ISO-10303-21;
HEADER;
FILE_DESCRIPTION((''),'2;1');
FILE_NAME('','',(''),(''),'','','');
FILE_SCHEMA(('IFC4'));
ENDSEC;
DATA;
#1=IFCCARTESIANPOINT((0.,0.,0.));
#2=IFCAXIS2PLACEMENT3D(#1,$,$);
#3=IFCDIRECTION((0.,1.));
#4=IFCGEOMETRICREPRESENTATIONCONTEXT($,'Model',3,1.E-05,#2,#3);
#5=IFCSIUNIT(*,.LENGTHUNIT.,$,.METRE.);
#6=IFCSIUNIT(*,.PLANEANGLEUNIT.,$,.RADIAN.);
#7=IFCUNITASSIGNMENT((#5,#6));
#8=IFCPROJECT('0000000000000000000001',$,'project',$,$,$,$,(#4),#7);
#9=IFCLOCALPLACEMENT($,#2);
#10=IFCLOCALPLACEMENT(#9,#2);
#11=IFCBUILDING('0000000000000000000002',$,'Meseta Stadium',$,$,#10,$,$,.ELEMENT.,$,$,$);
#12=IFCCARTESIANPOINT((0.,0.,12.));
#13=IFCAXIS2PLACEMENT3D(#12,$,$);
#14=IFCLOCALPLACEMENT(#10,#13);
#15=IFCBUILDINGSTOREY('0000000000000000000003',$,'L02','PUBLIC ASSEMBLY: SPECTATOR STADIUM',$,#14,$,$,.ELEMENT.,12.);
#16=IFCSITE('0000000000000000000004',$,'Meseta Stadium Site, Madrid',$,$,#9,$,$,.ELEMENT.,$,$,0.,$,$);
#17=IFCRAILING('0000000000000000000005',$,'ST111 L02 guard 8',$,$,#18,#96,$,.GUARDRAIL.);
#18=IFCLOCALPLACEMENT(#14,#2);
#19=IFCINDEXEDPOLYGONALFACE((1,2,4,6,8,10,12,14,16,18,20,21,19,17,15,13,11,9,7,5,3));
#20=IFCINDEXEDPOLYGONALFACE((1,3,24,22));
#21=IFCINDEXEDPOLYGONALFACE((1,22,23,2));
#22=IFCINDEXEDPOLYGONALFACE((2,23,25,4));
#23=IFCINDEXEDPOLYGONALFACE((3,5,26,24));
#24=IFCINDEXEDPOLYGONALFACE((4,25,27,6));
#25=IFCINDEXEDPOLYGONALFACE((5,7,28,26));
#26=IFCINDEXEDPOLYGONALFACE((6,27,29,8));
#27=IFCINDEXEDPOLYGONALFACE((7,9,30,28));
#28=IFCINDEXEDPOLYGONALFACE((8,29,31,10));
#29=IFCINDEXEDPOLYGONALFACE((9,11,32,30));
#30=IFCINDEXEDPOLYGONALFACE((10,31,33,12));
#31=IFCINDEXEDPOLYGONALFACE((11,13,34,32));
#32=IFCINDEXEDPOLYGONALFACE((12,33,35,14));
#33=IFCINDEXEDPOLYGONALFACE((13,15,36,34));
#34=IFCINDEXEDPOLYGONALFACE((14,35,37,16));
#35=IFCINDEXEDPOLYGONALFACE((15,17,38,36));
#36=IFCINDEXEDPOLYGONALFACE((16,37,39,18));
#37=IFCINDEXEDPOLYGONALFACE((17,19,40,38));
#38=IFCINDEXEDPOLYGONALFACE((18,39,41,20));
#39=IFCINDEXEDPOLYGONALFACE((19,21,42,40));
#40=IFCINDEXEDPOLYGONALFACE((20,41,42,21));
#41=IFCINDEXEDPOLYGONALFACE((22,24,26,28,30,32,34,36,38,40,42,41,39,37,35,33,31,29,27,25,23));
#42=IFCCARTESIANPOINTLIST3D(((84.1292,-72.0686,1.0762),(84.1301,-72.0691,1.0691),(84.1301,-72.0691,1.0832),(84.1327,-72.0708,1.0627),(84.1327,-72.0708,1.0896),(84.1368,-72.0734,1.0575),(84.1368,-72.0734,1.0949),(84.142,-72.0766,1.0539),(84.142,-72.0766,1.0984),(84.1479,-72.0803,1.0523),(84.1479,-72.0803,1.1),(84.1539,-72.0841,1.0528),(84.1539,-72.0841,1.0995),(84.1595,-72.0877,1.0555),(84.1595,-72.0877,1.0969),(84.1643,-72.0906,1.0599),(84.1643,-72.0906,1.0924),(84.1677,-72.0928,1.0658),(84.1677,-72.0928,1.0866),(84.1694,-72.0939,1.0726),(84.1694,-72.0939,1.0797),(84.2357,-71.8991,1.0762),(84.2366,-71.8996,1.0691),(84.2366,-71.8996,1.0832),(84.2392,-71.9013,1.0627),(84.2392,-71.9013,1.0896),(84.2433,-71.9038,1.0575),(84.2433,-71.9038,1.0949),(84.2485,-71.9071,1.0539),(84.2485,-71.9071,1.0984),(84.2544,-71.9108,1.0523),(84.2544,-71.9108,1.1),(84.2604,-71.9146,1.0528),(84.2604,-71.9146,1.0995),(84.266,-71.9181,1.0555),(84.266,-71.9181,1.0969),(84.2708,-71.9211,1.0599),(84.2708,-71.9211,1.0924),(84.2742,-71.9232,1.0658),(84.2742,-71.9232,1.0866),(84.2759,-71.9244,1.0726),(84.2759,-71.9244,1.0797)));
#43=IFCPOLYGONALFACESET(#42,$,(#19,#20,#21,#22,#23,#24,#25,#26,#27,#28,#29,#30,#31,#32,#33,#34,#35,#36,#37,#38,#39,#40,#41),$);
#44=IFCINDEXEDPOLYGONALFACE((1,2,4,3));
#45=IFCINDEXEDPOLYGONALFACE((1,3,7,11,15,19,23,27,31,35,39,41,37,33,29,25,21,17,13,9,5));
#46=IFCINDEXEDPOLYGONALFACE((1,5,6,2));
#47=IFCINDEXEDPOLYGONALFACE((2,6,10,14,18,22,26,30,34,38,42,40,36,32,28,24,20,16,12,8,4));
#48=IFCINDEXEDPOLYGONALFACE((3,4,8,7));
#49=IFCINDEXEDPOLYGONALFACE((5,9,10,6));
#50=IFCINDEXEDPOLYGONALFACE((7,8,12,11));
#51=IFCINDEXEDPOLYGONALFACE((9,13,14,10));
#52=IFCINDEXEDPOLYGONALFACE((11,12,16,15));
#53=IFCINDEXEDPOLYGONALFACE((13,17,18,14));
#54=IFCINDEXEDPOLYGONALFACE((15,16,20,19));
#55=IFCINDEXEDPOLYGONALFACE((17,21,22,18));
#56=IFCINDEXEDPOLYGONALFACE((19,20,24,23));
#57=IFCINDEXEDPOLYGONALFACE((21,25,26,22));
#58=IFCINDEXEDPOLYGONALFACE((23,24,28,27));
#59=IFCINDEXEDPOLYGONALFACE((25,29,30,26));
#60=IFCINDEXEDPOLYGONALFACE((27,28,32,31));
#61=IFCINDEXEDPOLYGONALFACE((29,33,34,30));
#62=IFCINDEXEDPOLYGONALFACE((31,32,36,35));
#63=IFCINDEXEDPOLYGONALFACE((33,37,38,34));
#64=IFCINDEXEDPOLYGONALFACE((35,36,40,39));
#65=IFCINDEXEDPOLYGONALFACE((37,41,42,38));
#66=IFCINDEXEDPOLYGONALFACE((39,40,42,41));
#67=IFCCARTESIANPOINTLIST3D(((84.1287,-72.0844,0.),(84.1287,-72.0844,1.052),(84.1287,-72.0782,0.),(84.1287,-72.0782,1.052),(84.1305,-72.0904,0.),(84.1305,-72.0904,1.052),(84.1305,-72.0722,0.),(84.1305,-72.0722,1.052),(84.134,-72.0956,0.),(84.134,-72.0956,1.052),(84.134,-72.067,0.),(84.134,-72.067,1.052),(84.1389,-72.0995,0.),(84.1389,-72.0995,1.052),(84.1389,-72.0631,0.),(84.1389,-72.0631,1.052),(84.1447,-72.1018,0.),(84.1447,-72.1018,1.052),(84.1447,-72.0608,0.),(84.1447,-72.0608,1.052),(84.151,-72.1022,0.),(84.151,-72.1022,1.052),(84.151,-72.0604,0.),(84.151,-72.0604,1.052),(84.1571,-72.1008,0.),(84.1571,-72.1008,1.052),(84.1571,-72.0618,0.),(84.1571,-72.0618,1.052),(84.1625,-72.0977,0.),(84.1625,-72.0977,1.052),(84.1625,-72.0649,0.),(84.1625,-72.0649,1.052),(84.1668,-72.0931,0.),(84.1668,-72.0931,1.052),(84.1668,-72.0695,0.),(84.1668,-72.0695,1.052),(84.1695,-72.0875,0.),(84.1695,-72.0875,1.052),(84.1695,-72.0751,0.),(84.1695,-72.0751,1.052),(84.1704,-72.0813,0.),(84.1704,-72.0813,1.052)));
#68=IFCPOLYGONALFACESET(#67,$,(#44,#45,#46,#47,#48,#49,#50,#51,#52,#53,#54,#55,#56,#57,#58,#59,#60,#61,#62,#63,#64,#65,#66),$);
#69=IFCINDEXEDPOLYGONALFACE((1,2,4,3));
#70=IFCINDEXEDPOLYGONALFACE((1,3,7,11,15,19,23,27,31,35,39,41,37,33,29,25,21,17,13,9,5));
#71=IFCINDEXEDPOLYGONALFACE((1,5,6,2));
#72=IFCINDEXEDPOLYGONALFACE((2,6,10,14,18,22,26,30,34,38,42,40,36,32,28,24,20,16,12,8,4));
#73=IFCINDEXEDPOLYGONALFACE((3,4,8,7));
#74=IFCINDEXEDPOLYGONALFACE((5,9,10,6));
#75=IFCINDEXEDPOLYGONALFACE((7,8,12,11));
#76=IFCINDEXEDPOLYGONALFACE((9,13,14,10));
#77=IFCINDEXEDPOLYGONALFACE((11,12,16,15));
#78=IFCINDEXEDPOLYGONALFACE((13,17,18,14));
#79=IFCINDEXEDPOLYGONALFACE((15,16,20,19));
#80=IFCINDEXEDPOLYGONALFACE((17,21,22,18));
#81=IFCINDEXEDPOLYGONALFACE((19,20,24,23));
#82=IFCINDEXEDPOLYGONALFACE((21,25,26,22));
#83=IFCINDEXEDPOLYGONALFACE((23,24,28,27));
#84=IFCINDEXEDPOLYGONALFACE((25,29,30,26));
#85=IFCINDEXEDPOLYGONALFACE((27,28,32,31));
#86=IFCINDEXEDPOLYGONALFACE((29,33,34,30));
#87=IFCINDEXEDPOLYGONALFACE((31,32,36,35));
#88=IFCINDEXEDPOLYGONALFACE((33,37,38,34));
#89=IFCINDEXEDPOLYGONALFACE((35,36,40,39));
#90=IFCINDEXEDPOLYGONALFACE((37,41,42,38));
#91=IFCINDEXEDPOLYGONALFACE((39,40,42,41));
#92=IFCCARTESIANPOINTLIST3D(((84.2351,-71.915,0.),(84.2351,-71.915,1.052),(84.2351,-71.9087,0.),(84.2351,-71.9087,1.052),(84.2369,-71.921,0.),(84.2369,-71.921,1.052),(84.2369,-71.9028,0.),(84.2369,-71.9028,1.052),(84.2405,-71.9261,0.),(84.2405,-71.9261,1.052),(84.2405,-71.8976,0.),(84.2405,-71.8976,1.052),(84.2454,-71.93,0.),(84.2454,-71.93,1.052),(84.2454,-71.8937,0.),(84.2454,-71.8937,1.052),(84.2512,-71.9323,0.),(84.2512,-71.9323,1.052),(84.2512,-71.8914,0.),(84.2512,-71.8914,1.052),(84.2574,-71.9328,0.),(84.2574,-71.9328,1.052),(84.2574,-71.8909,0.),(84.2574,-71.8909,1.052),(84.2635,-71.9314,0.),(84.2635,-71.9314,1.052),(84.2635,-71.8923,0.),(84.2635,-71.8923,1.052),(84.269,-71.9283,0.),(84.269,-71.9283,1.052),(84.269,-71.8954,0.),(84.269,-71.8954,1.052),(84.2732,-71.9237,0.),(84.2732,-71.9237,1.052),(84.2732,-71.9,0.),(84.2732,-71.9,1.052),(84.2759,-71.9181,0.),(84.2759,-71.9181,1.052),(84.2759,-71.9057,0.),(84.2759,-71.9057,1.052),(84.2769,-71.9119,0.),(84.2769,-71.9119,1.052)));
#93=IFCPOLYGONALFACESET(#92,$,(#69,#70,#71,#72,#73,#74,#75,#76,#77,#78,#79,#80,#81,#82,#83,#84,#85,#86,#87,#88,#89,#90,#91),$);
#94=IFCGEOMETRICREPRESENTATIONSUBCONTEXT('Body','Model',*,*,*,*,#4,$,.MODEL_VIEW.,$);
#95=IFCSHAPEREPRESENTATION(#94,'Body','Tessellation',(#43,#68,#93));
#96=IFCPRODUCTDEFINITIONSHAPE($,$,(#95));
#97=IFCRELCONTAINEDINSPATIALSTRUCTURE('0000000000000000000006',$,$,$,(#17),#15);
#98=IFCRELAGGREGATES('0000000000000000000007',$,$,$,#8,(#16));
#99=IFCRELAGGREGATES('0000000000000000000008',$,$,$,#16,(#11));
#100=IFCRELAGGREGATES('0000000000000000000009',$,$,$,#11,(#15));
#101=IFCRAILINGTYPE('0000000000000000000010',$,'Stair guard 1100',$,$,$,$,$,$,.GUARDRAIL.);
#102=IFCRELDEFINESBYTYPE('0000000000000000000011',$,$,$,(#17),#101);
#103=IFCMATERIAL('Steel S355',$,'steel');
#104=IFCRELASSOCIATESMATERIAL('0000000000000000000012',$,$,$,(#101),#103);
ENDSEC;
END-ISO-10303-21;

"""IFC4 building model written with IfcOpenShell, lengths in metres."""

from ifc_helpers import new_model, si_unit, direction, frame, origin, origin_2d, place, context, subcontext, project, spatial, circle, extrude, material, type_object, element, save


model = new_model("IFC4")

# Units and contexts
model_context = context("Model", 3, precision=1e-05, world=origin(), true_north=direction((0.0, 1.0)))
body_context = subcontext(model_context, "Body", "Model", "MODEL_VIEW")
ifc_project = project(units=[si_unit("LENGTHUNIT", "METRE"), si_unit("PLANEANGLEUNIT", "RADIAN")], contexts=[model_context])

# Site, building, storey
site_placement = place(None, origin())
site = spatial("IfcSite", under=ifc_project, at=site_placement, Name="Meseta Stadium Site, Madrid", CompositionType="ELEMENT", RefElevation=0.0)
building_placement = place(site_placement, origin())
building = spatial("IfcBuilding", under=site, at=building_placement, Name="Meseta Stadium", CompositionType="ELEMENT")
storey_placement = place(building_placement, frame((0.0, 0.0, 12.0)))
storey = spatial("IfcBuildingStorey", under=building, at=storey_placement, Name="L02", Description="PUBLIC ASSEMBLY: SPECTATOR STADIUM", CompositionType="ELEMENT", Elevation=12.0)

# Railing
ifc_material_1 = material(Name="Steel S355", Category="steel")
railing_type_1 = type_object("IfcRailingType", Name="Stair guard 1100", PredefinedType="GUARDRAIL", material=ifc_material_1)
railing_1_placement = place(storey_placement, frame((84.1494, -72.0813, 0.0)))
element("IfcRailing", 1, at=railing_1_placement, inside=storey, type_object=railing_type_1, Name="ST111 L02 guard 8", PredefinedType="GUARDRAIL", context=body_context, shape_type="SweptSolid", body=[
    extrude(circle(Radius=0.0239, at=origin_2d()), frame((0.0, 0.0, 1.0762), z_axis=(0.531972, 0.846762, 0.0), x_axis=(-0.846762, 0.531972, 0.0)), (0.0, 0.0, 1.0), 0.2002),
    extrude(circle(Radius=0.021, at=origin_2d()), origin(), (0.0, 0.0, 1.0), 1.052),
    extrude(circle(Radius=0.021, at=origin_2d()), frame((0.1064, 0.1694, 0.0)), (0.0, 0.0, 1.0), 1.052),
])

save(model, "model.ifc")
